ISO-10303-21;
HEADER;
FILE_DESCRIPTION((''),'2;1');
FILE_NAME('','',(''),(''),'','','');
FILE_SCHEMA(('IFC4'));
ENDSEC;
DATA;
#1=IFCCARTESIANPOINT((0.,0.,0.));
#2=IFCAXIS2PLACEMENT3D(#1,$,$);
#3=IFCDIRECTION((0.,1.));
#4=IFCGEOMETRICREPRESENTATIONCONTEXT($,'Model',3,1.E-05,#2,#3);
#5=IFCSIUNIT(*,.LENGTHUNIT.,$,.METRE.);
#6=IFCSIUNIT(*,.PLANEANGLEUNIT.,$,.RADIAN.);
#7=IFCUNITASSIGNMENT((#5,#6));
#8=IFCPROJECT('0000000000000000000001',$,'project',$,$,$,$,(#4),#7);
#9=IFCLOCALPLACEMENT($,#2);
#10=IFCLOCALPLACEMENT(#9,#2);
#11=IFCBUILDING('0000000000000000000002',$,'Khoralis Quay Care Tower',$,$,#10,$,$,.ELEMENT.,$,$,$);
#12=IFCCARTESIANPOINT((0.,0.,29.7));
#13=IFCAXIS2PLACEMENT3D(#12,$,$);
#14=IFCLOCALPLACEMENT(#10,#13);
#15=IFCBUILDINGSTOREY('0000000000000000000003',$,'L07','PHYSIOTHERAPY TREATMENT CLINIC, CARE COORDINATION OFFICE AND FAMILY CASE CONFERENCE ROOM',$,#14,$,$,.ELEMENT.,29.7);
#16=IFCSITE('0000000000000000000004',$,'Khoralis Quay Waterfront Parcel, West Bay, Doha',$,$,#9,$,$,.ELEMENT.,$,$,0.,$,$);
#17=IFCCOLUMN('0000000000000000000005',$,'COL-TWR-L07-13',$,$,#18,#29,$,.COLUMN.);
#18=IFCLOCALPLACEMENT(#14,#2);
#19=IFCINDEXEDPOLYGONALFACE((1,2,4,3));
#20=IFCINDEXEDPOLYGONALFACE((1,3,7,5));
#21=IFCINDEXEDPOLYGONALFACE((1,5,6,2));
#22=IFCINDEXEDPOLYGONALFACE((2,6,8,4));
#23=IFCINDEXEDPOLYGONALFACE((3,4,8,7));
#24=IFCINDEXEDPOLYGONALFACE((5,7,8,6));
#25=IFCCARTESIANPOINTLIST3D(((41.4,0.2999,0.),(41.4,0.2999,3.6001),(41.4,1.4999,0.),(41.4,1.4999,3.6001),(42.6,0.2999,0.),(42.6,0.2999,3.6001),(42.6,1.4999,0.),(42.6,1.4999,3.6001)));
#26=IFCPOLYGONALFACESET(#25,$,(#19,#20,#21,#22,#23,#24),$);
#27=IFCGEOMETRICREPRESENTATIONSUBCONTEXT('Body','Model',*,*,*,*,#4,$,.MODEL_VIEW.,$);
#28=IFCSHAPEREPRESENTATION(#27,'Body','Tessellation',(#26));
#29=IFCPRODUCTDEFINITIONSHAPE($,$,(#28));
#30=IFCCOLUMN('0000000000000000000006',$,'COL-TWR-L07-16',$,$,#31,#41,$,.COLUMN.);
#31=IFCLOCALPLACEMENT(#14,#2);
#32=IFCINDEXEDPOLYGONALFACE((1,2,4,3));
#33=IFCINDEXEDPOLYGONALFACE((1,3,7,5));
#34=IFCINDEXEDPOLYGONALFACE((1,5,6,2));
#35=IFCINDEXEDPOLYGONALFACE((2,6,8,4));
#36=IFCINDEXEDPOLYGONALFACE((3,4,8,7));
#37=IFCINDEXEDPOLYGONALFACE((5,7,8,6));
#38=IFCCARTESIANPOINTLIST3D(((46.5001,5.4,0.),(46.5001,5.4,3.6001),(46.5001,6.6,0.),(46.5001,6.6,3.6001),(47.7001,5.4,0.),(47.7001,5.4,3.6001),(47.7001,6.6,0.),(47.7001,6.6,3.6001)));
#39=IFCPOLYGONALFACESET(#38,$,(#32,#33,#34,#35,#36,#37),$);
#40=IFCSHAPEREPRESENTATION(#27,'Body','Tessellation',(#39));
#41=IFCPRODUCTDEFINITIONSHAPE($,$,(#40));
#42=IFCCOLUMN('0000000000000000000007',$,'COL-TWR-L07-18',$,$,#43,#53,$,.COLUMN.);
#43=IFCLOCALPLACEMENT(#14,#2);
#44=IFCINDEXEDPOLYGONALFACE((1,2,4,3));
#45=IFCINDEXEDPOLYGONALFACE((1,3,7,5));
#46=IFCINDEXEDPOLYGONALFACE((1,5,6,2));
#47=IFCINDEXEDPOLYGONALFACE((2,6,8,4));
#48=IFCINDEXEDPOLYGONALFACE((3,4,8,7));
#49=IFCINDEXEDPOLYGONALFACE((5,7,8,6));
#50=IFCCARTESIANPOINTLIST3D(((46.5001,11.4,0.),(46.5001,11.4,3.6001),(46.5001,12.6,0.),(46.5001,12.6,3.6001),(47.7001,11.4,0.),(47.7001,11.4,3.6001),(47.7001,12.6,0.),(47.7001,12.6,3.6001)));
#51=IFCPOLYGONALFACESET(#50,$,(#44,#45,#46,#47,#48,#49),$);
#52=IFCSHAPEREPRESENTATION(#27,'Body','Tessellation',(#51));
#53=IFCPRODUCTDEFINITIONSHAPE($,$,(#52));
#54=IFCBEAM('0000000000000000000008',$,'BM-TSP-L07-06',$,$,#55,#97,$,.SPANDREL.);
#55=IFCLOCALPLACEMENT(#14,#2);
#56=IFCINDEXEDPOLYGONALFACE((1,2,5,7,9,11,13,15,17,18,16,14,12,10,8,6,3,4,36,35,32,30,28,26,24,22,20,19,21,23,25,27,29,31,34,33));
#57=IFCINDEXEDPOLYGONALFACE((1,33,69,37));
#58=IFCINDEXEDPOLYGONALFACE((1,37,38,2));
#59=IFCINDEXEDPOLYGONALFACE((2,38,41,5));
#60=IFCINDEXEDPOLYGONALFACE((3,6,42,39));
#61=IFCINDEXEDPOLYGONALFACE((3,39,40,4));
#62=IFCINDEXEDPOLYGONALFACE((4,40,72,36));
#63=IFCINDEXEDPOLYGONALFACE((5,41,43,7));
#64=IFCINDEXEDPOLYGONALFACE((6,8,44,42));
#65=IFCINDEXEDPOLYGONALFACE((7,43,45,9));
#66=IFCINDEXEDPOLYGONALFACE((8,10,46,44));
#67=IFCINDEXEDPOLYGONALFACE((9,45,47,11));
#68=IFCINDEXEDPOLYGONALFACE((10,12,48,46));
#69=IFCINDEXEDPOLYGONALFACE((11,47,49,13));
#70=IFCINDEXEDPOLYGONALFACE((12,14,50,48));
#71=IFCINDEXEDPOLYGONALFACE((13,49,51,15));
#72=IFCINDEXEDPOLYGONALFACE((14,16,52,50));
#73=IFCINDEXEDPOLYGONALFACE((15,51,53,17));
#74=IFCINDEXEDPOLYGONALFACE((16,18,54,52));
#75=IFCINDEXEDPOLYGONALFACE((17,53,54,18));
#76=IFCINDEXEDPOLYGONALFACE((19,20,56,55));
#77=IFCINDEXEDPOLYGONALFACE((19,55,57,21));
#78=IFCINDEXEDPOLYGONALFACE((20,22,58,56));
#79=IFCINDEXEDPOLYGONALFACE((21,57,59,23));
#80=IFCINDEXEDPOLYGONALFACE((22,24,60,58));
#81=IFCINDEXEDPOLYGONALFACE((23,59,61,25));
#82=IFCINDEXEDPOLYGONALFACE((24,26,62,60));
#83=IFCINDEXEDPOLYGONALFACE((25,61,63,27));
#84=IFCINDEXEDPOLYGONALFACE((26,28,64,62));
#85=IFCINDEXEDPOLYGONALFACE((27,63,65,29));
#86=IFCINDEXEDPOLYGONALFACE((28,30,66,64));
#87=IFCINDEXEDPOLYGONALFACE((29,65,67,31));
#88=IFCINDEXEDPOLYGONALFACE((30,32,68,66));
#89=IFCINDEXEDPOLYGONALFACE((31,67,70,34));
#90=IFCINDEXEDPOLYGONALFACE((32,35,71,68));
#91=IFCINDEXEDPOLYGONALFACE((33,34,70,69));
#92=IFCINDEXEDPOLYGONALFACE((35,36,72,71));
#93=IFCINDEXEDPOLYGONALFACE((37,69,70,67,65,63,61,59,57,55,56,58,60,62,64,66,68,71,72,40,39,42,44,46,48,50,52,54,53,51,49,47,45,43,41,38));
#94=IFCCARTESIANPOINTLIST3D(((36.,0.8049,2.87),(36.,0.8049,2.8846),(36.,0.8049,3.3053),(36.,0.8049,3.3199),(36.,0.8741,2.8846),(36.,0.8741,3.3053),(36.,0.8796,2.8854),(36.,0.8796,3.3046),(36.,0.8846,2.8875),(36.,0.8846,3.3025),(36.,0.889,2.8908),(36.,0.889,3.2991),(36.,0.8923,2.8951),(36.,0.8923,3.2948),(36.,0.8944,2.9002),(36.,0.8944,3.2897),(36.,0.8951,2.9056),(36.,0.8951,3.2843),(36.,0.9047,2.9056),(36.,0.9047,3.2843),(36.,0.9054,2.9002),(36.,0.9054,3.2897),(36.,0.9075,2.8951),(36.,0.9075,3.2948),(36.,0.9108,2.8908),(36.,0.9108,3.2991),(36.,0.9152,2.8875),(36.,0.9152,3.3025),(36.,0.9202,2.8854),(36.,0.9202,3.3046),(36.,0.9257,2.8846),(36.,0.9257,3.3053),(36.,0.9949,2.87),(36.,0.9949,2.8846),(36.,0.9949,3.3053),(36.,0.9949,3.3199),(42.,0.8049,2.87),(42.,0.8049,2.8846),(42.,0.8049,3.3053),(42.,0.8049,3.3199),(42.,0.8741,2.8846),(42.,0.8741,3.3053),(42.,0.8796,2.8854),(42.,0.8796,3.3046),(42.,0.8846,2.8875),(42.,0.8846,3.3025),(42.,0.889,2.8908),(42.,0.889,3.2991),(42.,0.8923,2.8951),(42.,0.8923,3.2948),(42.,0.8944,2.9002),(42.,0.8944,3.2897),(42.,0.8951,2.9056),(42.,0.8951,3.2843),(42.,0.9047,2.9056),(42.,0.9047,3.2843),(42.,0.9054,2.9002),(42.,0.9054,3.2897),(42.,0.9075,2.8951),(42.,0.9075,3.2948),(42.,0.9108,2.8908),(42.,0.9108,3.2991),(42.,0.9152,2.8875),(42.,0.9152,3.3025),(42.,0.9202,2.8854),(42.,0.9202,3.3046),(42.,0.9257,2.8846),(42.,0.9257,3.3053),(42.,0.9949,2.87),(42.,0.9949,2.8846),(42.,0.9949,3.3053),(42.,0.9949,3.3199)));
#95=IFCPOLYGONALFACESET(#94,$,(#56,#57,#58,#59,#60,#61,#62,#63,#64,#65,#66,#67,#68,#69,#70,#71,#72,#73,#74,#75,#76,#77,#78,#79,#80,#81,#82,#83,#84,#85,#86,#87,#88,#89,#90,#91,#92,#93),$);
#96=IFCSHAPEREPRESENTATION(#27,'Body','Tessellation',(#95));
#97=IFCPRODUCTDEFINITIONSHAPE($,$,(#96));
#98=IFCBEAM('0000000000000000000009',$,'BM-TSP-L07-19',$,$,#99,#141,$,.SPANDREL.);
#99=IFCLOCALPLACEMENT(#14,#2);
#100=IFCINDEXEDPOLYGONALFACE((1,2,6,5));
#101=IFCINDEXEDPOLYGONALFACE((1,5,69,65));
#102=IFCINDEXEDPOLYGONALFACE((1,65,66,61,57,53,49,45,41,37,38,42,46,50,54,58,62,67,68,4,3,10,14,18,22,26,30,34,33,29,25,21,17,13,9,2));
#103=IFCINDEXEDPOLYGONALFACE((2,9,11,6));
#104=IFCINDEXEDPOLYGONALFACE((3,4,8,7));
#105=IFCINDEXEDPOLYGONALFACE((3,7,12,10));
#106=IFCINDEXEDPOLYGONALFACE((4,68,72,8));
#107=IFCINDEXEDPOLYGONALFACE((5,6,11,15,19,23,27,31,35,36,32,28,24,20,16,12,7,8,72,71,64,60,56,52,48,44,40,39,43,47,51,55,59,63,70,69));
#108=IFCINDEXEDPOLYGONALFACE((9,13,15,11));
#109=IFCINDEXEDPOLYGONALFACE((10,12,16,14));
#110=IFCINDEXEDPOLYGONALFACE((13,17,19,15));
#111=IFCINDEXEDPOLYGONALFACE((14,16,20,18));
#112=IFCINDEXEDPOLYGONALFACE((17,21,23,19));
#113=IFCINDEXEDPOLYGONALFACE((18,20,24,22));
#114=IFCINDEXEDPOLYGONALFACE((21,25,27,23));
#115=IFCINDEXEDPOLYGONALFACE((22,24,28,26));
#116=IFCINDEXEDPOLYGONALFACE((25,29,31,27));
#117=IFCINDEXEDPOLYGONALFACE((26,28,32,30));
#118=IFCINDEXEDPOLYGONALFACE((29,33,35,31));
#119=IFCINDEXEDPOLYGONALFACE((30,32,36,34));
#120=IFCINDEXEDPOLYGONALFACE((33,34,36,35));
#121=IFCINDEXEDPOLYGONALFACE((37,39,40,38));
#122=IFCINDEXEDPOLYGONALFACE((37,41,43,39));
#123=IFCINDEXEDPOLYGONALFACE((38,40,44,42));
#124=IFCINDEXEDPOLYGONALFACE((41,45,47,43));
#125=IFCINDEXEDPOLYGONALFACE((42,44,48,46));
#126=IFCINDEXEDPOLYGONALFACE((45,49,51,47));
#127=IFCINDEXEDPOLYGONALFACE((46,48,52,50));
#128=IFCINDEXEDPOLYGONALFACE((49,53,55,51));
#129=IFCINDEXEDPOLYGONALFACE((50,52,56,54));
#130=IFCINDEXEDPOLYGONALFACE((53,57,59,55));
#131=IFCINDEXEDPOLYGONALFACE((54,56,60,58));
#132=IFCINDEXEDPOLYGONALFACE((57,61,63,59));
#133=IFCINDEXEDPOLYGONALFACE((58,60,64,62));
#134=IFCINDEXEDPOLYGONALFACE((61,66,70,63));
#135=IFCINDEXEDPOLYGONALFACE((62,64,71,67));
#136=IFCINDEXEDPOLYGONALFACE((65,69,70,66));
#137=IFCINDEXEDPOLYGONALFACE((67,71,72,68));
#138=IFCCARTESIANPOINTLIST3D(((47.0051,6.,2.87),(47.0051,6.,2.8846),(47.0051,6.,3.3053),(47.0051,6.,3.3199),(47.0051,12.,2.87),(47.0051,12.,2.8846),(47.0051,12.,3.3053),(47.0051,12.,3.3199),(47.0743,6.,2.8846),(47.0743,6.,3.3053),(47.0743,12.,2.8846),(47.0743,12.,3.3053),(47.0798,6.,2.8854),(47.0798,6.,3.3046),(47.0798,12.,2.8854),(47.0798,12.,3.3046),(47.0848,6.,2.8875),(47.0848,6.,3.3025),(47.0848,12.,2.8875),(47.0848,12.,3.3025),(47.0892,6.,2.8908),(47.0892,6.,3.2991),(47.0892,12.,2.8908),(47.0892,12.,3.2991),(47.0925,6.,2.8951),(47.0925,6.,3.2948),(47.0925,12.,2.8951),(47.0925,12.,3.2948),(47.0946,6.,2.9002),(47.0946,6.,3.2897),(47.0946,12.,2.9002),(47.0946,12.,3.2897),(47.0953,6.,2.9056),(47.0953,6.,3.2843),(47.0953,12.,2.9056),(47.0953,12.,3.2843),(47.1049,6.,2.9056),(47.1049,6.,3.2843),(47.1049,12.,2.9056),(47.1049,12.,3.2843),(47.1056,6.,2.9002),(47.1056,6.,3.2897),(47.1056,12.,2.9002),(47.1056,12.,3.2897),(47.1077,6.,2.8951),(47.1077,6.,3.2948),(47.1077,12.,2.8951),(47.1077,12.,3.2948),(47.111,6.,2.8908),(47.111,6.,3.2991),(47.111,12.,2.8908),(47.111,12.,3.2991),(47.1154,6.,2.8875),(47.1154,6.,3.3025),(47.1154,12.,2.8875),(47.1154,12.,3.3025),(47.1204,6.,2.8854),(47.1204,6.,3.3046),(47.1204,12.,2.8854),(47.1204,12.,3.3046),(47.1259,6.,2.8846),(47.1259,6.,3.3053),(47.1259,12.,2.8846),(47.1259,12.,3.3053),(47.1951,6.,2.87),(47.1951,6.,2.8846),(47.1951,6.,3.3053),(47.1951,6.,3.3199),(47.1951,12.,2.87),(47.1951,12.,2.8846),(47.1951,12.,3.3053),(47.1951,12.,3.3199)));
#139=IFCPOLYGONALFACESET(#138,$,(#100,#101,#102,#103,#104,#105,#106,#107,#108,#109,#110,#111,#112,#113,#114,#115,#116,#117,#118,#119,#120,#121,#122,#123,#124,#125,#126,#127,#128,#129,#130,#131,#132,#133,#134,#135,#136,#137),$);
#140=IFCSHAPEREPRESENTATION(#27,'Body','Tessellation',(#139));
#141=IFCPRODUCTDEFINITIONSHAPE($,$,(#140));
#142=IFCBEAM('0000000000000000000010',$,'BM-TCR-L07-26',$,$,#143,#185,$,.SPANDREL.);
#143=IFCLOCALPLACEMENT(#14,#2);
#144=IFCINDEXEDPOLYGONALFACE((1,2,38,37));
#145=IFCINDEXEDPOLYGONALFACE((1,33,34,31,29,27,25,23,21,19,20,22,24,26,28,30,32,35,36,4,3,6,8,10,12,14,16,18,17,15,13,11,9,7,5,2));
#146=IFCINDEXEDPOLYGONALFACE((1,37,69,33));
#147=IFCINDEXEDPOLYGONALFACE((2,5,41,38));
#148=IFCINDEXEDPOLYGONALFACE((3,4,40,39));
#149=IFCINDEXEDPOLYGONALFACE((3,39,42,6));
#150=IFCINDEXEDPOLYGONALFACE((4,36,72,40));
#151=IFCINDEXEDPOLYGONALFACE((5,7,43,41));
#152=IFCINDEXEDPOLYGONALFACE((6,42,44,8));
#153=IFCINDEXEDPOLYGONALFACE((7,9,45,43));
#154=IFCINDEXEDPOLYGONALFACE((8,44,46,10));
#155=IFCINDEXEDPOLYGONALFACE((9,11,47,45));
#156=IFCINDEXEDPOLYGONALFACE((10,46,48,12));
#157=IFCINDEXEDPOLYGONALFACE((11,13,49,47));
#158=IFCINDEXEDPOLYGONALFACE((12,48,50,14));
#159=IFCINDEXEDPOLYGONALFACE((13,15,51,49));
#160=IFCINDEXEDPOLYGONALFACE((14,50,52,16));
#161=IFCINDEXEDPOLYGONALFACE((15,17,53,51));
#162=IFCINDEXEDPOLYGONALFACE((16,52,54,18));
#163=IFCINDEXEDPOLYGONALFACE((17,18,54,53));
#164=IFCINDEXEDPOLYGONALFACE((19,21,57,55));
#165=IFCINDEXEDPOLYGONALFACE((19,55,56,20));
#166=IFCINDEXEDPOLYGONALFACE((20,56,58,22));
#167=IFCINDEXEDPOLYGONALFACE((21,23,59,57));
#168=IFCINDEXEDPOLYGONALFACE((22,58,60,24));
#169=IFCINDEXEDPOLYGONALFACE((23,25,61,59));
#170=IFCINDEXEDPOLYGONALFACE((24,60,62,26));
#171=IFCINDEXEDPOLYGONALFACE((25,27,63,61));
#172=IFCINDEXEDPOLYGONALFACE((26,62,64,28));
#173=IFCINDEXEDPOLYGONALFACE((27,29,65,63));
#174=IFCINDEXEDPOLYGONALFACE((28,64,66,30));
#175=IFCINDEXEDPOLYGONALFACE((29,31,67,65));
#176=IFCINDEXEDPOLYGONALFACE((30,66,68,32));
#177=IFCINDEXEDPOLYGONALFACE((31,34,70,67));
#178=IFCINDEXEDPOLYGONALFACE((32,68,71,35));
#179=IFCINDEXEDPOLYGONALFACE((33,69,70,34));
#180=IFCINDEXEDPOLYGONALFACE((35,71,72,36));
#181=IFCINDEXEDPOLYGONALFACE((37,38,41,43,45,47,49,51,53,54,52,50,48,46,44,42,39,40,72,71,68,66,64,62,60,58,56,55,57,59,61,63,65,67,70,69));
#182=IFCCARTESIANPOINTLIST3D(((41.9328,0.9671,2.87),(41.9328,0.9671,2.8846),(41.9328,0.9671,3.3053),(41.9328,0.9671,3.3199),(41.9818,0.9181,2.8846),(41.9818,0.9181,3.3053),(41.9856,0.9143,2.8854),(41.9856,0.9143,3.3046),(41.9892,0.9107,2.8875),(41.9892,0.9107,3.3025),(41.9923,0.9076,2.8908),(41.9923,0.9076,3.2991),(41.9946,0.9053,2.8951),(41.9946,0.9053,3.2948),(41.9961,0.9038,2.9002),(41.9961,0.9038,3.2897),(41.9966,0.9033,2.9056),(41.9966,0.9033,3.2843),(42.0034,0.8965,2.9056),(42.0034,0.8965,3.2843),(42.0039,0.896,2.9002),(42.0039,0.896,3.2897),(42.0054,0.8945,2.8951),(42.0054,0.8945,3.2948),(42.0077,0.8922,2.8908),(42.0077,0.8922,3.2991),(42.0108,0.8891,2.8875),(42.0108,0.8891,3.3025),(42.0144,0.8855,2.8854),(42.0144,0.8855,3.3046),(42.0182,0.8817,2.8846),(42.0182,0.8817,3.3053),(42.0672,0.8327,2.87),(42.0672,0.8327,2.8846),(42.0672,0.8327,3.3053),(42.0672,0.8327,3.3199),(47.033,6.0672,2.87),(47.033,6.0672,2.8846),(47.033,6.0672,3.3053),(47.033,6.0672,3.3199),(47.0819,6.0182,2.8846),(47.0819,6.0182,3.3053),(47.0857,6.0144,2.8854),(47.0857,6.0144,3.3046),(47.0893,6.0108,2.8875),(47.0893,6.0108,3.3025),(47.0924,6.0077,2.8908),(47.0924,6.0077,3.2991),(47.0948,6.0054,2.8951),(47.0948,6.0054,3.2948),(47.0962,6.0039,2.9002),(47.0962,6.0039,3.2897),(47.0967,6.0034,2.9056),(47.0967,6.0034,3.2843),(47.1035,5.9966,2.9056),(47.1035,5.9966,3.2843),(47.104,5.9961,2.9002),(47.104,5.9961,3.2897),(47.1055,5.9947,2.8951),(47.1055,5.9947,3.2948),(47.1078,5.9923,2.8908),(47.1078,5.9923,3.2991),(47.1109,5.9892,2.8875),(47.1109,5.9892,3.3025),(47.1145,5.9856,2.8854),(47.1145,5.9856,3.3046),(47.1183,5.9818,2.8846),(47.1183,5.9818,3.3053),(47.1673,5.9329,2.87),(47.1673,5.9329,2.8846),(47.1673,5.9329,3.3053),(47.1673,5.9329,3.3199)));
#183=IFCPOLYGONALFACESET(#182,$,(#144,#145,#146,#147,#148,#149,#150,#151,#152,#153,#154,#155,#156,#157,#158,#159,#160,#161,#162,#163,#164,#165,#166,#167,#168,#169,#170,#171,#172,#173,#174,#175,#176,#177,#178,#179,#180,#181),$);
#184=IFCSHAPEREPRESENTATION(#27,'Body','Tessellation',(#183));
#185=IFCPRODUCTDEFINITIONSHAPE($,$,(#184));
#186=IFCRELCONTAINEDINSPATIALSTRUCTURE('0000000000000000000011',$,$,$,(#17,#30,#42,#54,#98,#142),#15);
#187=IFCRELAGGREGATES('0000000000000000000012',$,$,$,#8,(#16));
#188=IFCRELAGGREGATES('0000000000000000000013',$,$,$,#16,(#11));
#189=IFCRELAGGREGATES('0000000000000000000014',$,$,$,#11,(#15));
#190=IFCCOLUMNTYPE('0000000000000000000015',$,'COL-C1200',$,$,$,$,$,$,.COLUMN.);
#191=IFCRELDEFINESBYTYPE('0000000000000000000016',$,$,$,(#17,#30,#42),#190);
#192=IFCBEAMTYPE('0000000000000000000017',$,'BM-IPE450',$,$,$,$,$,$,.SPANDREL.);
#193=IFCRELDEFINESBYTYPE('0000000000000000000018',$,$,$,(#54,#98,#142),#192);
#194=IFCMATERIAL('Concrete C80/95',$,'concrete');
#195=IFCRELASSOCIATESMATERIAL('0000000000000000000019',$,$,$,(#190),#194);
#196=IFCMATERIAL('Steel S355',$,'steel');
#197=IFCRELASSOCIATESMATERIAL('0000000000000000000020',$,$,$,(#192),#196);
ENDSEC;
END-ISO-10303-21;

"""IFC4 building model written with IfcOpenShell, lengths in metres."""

from ifc_helpers import new_model, si_unit, direction, frame, origin, origin_2d, place, context, subcontext, project, spatial, rectangle, i_section, extrude, source, transform, mapped, material, material_profile, profile_set, type_object, element, save


model = new_model("IFC4")

# Units and contexts
model_context = context("Model", 3, precision=1e-05, world=origin(), true_north=direction((0.0, 1.0)))
body_context = subcontext(model_context, "Body", "Model", "MODEL_VIEW")
ifc_project = project(units=[si_unit("LENGTHUNIT", "METRE"), si_unit("PLANEANGLEUNIT", "RADIAN")], contexts=[model_context])

# Site, building, storey
site_placement = place(None, origin())
site = spatial("IfcSite", under=ifc_project, at=site_placement, Name="Khoralis Quay Waterfront Parcel, West Bay, Doha", CompositionType="ELEMENT", RefElevation=0.0)
building_placement = place(site_placement, origin())
building = spatial("IfcBuilding", under=site, at=building_placement, Name="Khoralis Quay Care Tower", CompositionType="ELEMENT")
storey_placement = place(building_placement, frame((0.0, 0.0, 29.7)))
storey = spatial("IfcBuildingStorey", under=building, at=storey_placement, Name="L07", Description="PHYSIOTHERAPY TREATMENT CLINIC, CARE COORDINATION OFFICE AND FAMILY CASE CONFERENCE ROOM", CompositionType="ELEMENT", Elevation=29.7)

# Columns
ifc_material_1 = material(Name="Concrete C80/95", Category="concrete")
ifc_material_profile_1 = material_profile(ifc_material_1, rectangle(XDim=1.2, YDim=1.2, at=origin_2d()), Name="Concrete C80/95")
ifc_profile_set_1 = profile_set([ifc_material_profile_1], Name="Concrete C80/95")
column_type = type_object("IfcColumnType", Name="COL-C1200", PredefinedType="COLUMN", material=ifc_profile_set_1)
shared_shape_1 = source(origin(), body_context, "Body", "SweptSolid", [
    extrude(rectangle(XDim=1.2, YDim=1.2, at=origin_2d()), origin(), (0.0, 0.0, 1.0), 3.6001),
])
for number, where, z_axis, x_axis, name in (
    (1, (42.0, 0.8999, 0.0), (0.0, 0.0, 1.0), (1.0, 0.0, 0.0), "COL-TWR-L07-13"),
    (2, (47.1001, 6.0, 0.0), (0.0, 0.0, 1.0), (1.0, 0.0, 0.0), "COL-TWR-L07-16"),
    (3, (47.1001, 12.0, 0.0), (0.0, 0.0, 1.0), (1.0, 0.0, 0.0), "COL-TWR-L07-18"),
):
    element("IfcColumn", number, at=place(storey_placement, frame(where, z_axis=z_axis, x_axis=x_axis)), inside=storey, type_object=column_type, Name=name, PredefinedType="COLUMN", context=body_context, shape_type="MappedRepresentation", body=[
        mapped(shared_shape_1, transform((0.0, 0.0, 0.0), scale=1.0)),
    ])

# Beams
ifc_material_2 = material(Name="Steel S355", Category="steel")
ifc_material_profile_2 = material_profile(ifc_material_2, i_section(OverallWidth=0.1899, OverallDepth=0.45, WebThickness=0.0095, FlangeThickness=0.0146, FilletRadius=0.021, at=origin_2d()), Name="Steel S355")
ifc_profile_set_2 = profile_set([ifc_material_profile_2], Name="Steel S355")
beam_type_1 = type_object("IfcBeamType", Name="BM-IPE450", PredefinedType="SPANDREL", material=ifc_profile_set_2)
shared_shape_2 = source(origin(), body_context, "Body", "SweptSolid", [
    extrude(i_section(OverallWidth=0.1899, OverallDepth=0.45, WebThickness=0.0095, FlangeThickness=0.0146, FilletRadius=0.021, at=origin_2d()), origin(), (0.0, 0.0, 1.0), 6.0),
])
for number, where, z_axis, x_axis, name in (
    (4, (36.0, 0.8999, 3.095), (1.0, 0.0, 0.0), (0.0, 1.0, 0.0), "BM-TSP-L07-06"),
    (5, (47.1001, 6.0, 3.095), (0.0, 1.0, 0.0), (-1.0, 0.0, 0.0), "BM-TSP-L07-19"),
):
    element("IfcBeam", number, at=place(storey_placement, frame(where, z_axis=z_axis, x_axis=x_axis)), inside=storey, type_object=beam_type_1, Name=name, PredefinedType="SPANDREL", context=body_context, shape_type="MappedRepresentation", body=[
        mapped(shared_shape_2, transform((0.0, 0.0, 0.0), scale=1.0)),
    ])
shared_shape_3 = source(origin(), body_context, "Body", "SweptSolid", [
    extrude(i_section(OverallWidth=0.1899, OverallDepth=0.45, WebThickness=0.0095, FlangeThickness=0.0146, FilletRadius=0.021, at=origin_2d()), origin(), (0.0, 0.0, 1.0), 7.2126),
])
beam_1_placement = place(storey_placement, frame((42.0, 0.8999, 3.095), z_axis=(0.707107, 0.707107, 0.0), x_axis=(-0.707107, 0.707107, 0.0)))
element("IfcBeam", 6, at=beam_1_placement, inside=storey, type_object=beam_type_1, Name="BM-TCR-L07-26", PredefinedType="SPANDREL", context=body_context, shape_type="MappedRepresentation", body=[
    mapped(shared_shape_3, transform((0.0, 0.0, 0.0), scale=1.0)),
])

save(model, "model.ifc")
